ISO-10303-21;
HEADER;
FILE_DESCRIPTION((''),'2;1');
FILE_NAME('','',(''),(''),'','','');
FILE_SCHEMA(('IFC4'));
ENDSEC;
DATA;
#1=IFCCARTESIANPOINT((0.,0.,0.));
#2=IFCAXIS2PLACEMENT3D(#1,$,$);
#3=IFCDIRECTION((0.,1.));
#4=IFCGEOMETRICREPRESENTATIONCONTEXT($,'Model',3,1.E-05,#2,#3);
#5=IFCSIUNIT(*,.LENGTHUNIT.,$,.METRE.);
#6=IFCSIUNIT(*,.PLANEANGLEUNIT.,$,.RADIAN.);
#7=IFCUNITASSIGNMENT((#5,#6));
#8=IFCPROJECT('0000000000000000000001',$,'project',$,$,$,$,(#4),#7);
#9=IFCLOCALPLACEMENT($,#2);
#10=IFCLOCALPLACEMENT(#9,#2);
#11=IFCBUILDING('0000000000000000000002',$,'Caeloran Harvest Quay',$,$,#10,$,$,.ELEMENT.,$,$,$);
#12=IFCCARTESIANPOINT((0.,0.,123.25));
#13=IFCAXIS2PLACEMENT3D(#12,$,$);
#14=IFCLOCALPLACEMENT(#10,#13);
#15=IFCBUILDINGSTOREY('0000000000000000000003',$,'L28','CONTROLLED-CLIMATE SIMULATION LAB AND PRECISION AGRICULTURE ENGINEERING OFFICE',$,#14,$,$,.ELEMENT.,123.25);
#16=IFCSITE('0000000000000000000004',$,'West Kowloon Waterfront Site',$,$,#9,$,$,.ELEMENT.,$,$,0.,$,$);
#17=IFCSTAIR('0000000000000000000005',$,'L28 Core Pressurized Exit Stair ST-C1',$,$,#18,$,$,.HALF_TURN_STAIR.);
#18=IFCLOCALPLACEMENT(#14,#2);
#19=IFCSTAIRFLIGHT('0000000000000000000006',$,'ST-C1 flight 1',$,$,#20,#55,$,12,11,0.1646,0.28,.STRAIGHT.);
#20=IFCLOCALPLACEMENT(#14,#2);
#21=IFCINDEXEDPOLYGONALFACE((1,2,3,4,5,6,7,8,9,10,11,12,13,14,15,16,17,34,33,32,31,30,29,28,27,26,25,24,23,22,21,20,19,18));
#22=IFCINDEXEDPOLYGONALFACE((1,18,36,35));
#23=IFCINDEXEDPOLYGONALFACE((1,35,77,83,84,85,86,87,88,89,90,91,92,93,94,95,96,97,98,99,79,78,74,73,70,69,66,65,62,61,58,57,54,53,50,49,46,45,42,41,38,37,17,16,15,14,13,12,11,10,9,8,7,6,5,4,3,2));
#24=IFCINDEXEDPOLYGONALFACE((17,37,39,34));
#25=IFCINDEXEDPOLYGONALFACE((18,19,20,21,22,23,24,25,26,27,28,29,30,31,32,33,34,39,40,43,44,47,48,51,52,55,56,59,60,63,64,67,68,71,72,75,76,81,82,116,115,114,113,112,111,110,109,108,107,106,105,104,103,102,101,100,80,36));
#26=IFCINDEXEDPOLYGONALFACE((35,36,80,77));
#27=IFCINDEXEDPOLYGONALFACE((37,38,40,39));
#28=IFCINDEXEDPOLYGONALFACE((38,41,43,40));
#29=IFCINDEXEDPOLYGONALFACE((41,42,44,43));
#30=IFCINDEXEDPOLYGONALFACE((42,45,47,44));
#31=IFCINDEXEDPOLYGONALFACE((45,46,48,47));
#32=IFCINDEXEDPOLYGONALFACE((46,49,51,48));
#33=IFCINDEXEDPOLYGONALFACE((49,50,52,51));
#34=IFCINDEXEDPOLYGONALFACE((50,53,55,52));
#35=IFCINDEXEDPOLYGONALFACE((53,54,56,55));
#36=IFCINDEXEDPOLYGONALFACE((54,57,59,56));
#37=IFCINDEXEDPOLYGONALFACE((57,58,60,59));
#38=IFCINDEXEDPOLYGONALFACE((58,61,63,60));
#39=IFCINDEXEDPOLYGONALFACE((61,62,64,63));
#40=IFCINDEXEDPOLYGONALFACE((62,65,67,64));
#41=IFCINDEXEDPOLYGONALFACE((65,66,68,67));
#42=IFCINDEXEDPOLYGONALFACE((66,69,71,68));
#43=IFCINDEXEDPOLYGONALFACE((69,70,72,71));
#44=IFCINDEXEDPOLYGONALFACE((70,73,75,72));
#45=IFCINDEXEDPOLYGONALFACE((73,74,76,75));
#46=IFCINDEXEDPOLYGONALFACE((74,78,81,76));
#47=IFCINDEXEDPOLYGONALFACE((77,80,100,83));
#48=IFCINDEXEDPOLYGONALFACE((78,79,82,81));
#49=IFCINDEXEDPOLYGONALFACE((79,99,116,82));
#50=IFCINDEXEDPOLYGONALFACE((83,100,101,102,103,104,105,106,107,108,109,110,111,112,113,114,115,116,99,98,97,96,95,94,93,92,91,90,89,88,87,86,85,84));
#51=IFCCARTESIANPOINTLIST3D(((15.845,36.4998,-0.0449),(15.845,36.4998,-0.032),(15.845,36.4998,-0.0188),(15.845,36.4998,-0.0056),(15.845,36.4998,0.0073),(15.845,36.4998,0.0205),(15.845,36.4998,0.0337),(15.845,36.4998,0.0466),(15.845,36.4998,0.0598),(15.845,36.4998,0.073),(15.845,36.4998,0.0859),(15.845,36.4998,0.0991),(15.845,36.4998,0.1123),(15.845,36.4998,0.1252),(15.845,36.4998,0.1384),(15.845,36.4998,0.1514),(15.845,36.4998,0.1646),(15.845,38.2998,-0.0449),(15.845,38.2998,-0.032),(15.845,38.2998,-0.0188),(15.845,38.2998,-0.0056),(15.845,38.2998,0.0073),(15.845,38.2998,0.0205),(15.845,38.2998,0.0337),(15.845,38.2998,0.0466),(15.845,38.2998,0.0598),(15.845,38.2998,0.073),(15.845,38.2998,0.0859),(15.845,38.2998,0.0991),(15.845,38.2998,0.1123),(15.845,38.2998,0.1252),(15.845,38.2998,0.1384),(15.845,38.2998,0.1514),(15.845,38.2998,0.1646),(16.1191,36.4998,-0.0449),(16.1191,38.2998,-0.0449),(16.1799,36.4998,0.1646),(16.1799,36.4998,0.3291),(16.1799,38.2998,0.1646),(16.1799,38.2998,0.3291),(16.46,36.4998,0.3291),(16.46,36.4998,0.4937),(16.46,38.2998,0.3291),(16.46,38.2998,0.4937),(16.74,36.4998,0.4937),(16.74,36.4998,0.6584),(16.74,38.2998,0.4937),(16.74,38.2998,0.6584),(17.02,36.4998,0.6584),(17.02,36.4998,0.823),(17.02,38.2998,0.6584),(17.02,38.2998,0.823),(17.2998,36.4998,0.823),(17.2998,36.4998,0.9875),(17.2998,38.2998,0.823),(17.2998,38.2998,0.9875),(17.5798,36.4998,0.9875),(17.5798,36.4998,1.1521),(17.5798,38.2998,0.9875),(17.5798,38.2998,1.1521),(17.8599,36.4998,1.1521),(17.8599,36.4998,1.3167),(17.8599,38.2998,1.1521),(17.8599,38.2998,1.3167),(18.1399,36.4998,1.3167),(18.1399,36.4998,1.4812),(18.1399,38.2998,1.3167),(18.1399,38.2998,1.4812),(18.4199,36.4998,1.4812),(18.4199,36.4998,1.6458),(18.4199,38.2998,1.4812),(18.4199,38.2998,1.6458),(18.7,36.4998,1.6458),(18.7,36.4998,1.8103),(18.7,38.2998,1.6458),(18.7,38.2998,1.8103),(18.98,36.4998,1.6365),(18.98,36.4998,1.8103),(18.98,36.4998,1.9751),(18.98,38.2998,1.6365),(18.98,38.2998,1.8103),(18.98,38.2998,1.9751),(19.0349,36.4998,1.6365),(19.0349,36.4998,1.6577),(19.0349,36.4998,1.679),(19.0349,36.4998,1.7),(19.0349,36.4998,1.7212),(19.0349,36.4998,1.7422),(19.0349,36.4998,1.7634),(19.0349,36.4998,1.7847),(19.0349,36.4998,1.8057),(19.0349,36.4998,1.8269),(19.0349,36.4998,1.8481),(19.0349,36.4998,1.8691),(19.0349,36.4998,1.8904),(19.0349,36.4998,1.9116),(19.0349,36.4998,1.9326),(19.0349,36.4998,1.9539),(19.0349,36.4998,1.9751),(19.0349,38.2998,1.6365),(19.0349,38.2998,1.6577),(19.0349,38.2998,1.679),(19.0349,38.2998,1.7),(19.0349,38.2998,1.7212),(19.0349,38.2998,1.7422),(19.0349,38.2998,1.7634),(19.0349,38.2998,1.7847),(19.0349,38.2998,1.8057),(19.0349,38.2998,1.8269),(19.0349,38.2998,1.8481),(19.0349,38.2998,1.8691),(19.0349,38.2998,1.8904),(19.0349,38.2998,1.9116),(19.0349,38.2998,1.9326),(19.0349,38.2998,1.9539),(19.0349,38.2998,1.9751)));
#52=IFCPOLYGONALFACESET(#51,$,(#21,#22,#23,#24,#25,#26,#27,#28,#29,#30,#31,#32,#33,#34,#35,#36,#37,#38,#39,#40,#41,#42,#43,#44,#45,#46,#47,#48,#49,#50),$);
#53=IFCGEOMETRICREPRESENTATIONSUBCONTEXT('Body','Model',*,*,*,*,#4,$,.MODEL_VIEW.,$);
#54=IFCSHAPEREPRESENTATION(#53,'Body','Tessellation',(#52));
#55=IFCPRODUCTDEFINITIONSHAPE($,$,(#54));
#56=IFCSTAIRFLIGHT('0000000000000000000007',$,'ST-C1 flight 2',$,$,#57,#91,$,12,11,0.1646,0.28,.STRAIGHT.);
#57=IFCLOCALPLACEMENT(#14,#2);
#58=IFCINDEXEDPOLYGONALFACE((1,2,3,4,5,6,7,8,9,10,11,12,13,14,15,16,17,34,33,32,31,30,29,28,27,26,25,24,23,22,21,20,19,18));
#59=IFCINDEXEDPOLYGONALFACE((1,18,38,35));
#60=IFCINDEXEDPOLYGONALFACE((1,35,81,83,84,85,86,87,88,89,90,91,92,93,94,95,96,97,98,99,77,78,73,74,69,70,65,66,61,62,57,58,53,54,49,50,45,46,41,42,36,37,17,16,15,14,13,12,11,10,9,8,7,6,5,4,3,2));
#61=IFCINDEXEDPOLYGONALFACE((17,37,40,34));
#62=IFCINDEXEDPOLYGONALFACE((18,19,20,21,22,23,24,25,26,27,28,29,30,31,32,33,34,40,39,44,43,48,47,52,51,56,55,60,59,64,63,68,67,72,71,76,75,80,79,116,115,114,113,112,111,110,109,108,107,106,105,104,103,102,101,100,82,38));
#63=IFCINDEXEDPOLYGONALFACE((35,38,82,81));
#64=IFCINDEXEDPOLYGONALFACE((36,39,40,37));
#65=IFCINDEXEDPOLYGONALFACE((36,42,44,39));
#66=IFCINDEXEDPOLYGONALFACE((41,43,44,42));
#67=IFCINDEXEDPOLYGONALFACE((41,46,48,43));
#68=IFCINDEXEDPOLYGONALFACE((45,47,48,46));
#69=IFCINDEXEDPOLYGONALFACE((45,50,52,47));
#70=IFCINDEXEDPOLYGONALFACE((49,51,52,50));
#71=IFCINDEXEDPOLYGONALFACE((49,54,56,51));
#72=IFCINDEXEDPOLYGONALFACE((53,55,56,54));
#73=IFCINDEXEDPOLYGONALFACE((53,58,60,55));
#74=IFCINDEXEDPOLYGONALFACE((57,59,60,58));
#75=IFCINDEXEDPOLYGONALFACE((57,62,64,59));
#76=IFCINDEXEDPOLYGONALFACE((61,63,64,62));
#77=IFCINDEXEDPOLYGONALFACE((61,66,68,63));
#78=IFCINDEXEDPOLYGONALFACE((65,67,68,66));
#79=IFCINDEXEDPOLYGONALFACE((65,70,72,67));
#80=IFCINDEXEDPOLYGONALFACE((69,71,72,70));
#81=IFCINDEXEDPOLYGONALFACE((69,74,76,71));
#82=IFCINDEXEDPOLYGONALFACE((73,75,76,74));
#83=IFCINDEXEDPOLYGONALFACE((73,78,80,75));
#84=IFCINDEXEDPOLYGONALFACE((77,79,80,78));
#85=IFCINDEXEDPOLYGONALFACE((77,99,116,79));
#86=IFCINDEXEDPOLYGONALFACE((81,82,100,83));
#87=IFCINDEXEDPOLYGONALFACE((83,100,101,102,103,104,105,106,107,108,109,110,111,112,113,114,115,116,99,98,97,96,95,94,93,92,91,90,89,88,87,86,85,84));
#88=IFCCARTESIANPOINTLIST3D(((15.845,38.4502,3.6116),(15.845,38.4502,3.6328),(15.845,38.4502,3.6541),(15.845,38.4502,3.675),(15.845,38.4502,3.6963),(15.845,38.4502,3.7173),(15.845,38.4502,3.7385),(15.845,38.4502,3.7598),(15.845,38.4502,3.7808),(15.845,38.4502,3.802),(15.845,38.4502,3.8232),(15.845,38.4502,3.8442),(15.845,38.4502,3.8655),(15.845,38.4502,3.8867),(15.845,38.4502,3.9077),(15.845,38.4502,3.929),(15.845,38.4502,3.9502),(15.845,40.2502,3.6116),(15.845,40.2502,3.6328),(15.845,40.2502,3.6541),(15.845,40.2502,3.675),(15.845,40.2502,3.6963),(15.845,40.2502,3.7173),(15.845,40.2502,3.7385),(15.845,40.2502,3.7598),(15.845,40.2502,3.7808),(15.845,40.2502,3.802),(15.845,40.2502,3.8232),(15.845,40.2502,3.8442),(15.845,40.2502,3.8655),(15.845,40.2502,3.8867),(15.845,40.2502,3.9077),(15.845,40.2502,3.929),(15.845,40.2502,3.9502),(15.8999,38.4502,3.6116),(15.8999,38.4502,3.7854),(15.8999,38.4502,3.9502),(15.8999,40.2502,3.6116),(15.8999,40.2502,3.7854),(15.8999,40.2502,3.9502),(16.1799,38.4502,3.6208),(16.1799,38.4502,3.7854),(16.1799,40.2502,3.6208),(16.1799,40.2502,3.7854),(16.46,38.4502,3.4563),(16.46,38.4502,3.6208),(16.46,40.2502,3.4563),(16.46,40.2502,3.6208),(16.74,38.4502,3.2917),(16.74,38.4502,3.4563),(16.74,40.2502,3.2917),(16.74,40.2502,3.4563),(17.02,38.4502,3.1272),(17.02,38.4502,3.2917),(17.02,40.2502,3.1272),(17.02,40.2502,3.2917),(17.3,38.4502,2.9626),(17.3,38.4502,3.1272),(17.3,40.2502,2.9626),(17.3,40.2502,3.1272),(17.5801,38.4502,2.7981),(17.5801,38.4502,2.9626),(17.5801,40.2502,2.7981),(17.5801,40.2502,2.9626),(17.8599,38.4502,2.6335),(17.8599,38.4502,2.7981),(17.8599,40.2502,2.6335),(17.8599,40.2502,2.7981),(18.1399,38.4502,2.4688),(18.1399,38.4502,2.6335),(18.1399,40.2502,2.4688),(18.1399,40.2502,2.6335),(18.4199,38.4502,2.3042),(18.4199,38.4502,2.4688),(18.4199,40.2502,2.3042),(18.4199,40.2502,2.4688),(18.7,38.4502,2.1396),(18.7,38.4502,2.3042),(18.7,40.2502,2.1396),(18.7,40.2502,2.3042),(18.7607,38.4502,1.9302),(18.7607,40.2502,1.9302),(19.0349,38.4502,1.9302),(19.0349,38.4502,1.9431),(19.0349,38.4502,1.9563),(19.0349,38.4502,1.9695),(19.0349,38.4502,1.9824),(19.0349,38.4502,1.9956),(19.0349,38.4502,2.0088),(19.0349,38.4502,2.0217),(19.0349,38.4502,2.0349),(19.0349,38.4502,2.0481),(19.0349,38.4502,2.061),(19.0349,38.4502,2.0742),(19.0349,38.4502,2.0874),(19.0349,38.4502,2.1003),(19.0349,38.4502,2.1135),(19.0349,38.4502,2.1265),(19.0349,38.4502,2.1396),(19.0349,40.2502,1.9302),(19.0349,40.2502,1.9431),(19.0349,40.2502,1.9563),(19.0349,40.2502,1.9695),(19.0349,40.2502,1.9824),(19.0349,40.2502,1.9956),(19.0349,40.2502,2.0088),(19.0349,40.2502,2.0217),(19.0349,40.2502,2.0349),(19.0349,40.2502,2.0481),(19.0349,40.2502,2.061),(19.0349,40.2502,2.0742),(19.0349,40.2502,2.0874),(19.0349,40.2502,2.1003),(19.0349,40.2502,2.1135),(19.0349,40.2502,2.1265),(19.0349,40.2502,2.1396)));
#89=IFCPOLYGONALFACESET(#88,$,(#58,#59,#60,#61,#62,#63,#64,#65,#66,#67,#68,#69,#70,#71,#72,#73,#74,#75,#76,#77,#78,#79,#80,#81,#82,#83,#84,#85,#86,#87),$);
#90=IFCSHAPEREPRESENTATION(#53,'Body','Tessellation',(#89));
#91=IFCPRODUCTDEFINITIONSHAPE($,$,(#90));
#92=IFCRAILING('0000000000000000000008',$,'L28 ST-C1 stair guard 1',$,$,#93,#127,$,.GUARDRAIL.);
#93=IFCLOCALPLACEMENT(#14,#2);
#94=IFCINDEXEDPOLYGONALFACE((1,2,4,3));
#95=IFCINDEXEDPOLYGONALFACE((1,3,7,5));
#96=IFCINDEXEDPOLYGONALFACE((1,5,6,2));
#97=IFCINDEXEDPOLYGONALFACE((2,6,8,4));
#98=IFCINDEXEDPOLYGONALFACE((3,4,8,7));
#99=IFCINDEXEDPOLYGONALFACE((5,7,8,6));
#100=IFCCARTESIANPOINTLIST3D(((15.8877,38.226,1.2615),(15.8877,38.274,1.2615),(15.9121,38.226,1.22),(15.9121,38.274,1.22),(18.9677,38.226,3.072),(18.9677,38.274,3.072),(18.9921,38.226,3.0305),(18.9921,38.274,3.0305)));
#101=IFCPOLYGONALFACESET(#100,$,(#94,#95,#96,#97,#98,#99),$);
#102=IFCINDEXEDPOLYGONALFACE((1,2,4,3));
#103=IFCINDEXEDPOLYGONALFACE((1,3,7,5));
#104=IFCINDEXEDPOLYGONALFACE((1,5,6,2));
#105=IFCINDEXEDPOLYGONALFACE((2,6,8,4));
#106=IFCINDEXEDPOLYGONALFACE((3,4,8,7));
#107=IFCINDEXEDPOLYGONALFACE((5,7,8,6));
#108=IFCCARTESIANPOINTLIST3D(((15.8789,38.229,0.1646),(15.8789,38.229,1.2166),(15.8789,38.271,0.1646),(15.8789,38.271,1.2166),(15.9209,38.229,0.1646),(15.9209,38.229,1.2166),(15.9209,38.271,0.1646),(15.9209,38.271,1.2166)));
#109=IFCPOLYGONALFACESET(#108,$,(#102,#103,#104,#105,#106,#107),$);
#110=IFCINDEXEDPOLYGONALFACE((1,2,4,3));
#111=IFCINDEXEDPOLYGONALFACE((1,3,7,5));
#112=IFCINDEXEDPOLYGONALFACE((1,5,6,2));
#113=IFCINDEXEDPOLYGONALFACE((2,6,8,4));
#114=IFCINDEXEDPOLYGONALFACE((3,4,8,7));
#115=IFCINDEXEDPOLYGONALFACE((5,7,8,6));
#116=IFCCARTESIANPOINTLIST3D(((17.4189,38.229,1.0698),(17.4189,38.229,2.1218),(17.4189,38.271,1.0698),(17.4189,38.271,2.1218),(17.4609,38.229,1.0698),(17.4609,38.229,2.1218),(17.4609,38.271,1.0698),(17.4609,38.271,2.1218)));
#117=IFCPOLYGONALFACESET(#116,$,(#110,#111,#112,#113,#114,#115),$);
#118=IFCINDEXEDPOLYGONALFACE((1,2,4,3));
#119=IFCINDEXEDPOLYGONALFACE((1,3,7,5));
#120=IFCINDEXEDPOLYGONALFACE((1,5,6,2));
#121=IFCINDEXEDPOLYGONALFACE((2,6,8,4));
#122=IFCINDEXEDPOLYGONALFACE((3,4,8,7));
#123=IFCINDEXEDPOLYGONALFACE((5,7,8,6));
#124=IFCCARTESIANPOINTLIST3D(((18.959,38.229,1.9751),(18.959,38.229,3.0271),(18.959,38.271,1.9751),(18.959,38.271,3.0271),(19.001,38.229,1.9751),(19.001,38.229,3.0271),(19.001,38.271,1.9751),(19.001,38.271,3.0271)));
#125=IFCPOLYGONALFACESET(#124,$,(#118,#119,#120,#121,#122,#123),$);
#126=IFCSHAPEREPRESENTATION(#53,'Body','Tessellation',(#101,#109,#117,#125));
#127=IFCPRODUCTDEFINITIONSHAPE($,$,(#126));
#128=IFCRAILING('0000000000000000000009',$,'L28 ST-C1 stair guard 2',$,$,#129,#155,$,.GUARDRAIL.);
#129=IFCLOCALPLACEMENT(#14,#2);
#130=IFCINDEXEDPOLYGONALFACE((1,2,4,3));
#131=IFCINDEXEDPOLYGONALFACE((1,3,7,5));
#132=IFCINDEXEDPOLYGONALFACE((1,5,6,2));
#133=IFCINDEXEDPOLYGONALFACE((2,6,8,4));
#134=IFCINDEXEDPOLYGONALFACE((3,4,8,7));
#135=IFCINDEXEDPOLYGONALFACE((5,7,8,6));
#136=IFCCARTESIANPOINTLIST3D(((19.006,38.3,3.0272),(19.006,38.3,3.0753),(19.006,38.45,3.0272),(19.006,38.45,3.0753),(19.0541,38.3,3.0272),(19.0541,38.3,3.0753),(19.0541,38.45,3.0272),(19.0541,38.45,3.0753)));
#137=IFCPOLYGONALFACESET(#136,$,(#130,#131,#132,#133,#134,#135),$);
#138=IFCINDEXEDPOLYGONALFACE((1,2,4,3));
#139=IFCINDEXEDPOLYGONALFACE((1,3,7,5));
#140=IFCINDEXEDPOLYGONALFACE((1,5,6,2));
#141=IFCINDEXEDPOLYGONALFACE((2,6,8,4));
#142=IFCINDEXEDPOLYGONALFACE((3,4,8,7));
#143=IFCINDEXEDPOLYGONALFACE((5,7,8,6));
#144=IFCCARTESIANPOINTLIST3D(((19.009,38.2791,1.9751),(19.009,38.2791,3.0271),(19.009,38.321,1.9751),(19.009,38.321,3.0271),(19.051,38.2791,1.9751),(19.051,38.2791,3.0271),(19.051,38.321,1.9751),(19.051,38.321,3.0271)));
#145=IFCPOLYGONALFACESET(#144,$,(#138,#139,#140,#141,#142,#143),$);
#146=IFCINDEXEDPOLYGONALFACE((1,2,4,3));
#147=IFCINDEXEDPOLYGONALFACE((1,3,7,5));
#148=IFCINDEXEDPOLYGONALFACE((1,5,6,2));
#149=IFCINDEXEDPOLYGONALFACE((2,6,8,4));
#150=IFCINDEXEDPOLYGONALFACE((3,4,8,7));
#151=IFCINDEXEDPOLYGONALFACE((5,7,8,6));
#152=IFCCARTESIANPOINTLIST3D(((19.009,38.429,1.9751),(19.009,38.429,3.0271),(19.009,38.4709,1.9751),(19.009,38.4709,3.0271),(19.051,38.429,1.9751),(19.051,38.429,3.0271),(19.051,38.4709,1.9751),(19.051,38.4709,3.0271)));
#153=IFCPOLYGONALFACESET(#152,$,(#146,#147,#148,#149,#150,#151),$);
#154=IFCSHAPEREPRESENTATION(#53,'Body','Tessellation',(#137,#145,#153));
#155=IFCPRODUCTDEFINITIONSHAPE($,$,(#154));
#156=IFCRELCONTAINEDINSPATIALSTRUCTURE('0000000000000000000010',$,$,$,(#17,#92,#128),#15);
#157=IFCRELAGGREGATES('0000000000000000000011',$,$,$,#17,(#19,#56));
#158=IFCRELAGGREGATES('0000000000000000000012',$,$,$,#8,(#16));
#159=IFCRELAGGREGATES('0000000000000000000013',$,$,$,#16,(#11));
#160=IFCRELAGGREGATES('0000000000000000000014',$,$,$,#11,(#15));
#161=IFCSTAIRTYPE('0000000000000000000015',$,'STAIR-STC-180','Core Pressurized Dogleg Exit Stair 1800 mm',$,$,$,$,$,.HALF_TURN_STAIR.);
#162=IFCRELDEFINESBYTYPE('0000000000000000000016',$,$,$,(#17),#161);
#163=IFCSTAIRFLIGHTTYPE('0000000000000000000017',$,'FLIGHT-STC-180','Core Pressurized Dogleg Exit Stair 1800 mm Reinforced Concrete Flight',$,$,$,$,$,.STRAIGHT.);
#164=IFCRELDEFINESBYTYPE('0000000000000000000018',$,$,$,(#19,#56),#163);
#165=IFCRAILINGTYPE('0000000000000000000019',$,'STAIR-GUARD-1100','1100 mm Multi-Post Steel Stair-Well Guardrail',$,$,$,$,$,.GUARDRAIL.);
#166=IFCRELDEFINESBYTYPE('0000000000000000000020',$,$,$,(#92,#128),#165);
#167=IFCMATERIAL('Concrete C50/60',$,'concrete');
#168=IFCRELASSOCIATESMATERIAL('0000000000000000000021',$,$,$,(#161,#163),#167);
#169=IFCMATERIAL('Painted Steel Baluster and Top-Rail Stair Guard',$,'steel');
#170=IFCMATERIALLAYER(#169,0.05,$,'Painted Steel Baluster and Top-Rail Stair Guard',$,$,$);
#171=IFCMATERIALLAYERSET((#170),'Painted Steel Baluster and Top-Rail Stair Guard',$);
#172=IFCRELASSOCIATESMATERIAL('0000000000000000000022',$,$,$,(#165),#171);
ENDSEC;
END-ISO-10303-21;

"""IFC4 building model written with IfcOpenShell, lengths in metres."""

from ifc_helpers import new_model, si_unit, direction, frame, origin, origin_2d, place, context, subcontext, project, spatial, polyline, rectangle, outline, extrude, material, layer, layer_set, type_object, element, aggregate, save


model = new_model("IFC4")

# Units and contexts
model_context = context("Model", 3, precision=1e-05, world=origin(), true_north=direction((0.0, 1.0)))
body_context = subcontext(model_context, "Body", "Model", "MODEL_VIEW")
ifc_project = project(units=[si_unit("LENGTHUNIT", "METRE"), si_unit("PLANEANGLEUNIT", "RADIAN")], contexts=[model_context])

# Site, building, storey
site_placement = place(None, origin())
site = spatial("IfcSite", under=ifc_project, at=site_placement, Name="West Kowloon Waterfront Site", CompositionType="ELEMENT", RefElevation=0.0)
building_placement = place(site_placement, origin())
building = spatial("IfcBuilding", under=site, at=building_placement, Name="Caeloran Harvest Quay", CompositionType="ELEMENT")
storey_placement = place(building_placement, frame((0.0, 0.0, 123.25)))
storey = spatial("IfcBuildingStorey", under=building, at=storey_placement, Name="L28", Description="CONTROLLED-CLIMATE SIMULATION LAB AND PRECISION AGRICULTURE ENGINEERING OFFICE", CompositionType="ELEMENT", Elevation=123.25)

# Stair, stair flights
ifc_material_1 = material(Name="Concrete C50/60", Category="concrete")
stair_type = type_object("IfcStairType", Name="STAIR-STC-180", Description="Core Pressurized Dogleg Exit Stair 1800 mm", PredefinedType="HALF_TURN_STAIR", material=ifc_material_1)
stair_placement = place(storey_placement, origin())
stair = element("IfcStair", 1, at=stair_placement, inside=storey, type_object=stair_type, Name="L28 Core Pressurized Exit Stair ST-C1", PredefinedType="HALF_TURN_STAIR")
stair_flight_type = type_object("IfcStairFlightType", Name="FLIGHT-STC-180", Description="Core Pressurized Dogleg Exit Stair 1800 mm Reinforced Concrete Flight", PredefinedType="STRAIGHT", material=ifc_material_1)
stair_flight_1_placement = place(storey_placement, frame((15.8999, 37.3999, 0.0), z_axis=(0.0, 0.0, 1.0), x_axis=(1.0, 0.0, 0.0)))
stair_flight_1 = element("IfcStairFlight", 2, at=stair_flight_1_placement, type_object=stair_flight_type, Name="ST-C1 flight 1", NumberOfRisers=12, NumberOfTreads=11, PredefinedType="STRAIGHT", RiserHeight=0.1646, TreadLength=0.28, context=body_context, shape_type="SweptSolid", body=[
    extrude(outline(polyline([(-0.0549, -0.0449), (-0.0549, -0.032), (-0.0549, -0.0188), (-0.0549, -0.0056), (-0.0549, 0.0073), (-0.0549, 0.0205), (-0.0549, 0.0337), (-0.0549, 0.0466), (-0.0549, 0.0598), (-0.0549, 0.073), (-0.0549, 0.0859), (-0.0549, 0.0991), (-0.0549, 0.1123), (-0.0549, 0.1252), (-0.0549, 0.1384), (-0.0549, 0.1514), (-0.0549, 0.1646), (0.28, 0.1646), (0.28, 0.3291), (0.5601, 0.3291), (0.5601, 0.4937), (0.8401, 0.4937), (0.8401, 0.6584), (1.1201, 0.6584), (1.1201, 0.823), (1.3999, 0.823), (1.3999, 0.9875), (1.6799, 0.9875), (1.6799, 1.1521), (1.96, 1.1521), (1.96, 1.3167), (2.24, 1.3167), (2.24, 1.4812), (2.52, 1.4812), (2.52, 1.6458), (2.8, 1.6458), (2.8, 1.8103), (3.0801, 1.8103), (3.0801, 1.9751), (3.135, 1.9751), (3.135, 1.9539), (3.135, 1.9326), (3.135, 1.9116), (3.135, 1.8904), (3.135, 1.8691), (3.135, 1.8481), (3.135, 1.8269), (3.135, 1.8057), (3.135, 1.7847), (3.135, 1.7634), (3.135, 1.7422), (3.135, 1.7212), (3.135, 1.7), (3.135, 1.679), (3.135, 1.6577), (3.135, 1.6365), (3.0801, 1.6365), (0.2192, -0.0449), (-0.0549, -0.0449)])), frame((0.0, 0.8999, 0.0), z_axis=(0.0, -1.0, 0.0), x_axis=(1.0, 0.0, 0.0)), (0.0, 0.0, 1.0), 1.8),
])
stair_flight_2_placement = place(storey_placement, frame((18.98, 39.3501, 1.9751), z_axis=(0.0, 0.0, 1.0), x_axis=(-1.0, 0.0, 0.0)))
stair_flight_2 = element("IfcStairFlight", 3, at=stair_flight_2_placement, type_object=stair_flight_type, Name="ST-C1 flight 2", NumberOfRisers=12, NumberOfTreads=11, PredefinedType="STRAIGHT", RiserHeight=0.1646, TreadLength=0.28, context=body_context, shape_type="SweptSolid", body=[
    extrude(outline(polyline([(-0.0549, -0.0449), (-0.0549, -0.032), (-0.0549, -0.0188), (-0.0549, -0.0056), (-0.0549, 0.0073), (-0.0549, 0.0205), (-0.0549, 0.0337), (-0.0549, 0.0466), (-0.0549, 0.0598), (-0.0549, 0.073), (-0.0549, 0.0859), (-0.0549, 0.0991), (-0.0549, 0.1123), (-0.0549, 0.1252), (-0.0549, 0.1384), (-0.0549, 0.1514), (-0.0549, 0.1646), (0.28, 0.1646), (0.28, 0.3291), (0.5601, 0.3291), (0.5601, 0.4937), (0.8401, 0.4937), (0.8401, 0.6584), (1.1201, 0.6584), (1.1201, 0.823), (1.3999, 0.823), (1.3999, 0.9875), (1.6799, 0.9875), (1.6799, 1.1521), (1.96, 1.1521), (1.96, 1.3167), (2.24, 1.3167), (2.24, 1.4812), (2.52, 1.4812), (2.52, 1.6458), (2.8, 1.6458), (2.8, 1.8103), (3.0801, 1.8103), (3.0801, 1.9751), (3.135, 1.9751), (3.135, 1.9539), (3.135, 1.9326), (3.135, 1.9116), (3.135, 1.8904), (3.135, 1.8691), (3.135, 1.8481), (3.135, 1.8269), (3.135, 1.8057), (3.135, 1.7847), (3.135, 1.7634), (3.135, 1.7422), (3.135, 1.7212), (3.135, 1.7), (3.135, 1.679), (3.135, 1.6577), (3.135, 1.6365), (3.0801, 1.6365), (0.2192, -0.0449), (-0.0549, -0.0449)])), frame((0.0, 0.8999, 0.0), z_axis=(0.0, -1.0, 0.0), x_axis=(1.0, 0.0, 0.0)), (0.0, 0.0, 1.0), 1.8),
])
aggregate(stair, [stair_flight_1, stair_flight_2])

# Railings
ifc_material_2 = material(Name="Painted Steel Baluster and Top-Rail Stair Guard", Category="steel")
ifc_layer_1 = layer(ifc_material_2, 0.05, Name="Painted Steel Baluster and Top-Rail Stair Guard")
ifc_layer_set_1 = layer_set([ifc_layer_1], Name="Painted Steel Baluster and Top-Rail Stair Guard")
railing_type_1 = type_object("IfcRailingType", Name="STAIR-GUARD-1100", Description="1100 mm Multi-Post Steel Stair-Well Guardrail", PredefinedType="GUARDRAIL", material=ifc_layer_set_1)
railing_1_placement = place(storey_placement, frame((15.8999, 38.25, 0.1646)))
element("IfcRailing", 4, at=railing_1_placement, inside=storey, type_object=railing_type_1, Name="L28 ST-C1 stair guard 1", PredefinedType="GUARDRAIL", context=body_context, shape_type="SweptSolid", body=[
    extrude(rectangle(XDim=0.0481, YDim=0.0481, at=origin_2d()), frame((0.0, 0.0, 1.0762), z_axis=(0.862089, 0.0, 0.506757), x_axis=(0.0, 1.0, 0.0)), (0.0, 0.0, 1.0), 3.5728),
    extrude(rectangle(XDim=0.042, YDim=0.042, at=origin_2d()), origin(), (0.0, 0.0, 1.0), 1.052),
    extrude(rectangle(XDim=0.042, YDim=0.042, at=origin_2d()), frame((1.54, 0.0, 0.9053)), (0.0, 0.0, 1.0), 1.052),
    extrude(rectangle(XDim=0.042, YDim=0.042, at=origin_2d()), frame((3.0801, 0.0, 1.8105)), (0.0, 0.0, 1.0), 1.052),
])
railing_2_placement = place(storey_placement, frame((19.03, 38.3, 1.9751)))
element("IfcRailing", 5, at=railing_2_placement, inside=storey, type_object=railing_type_1, Name="L28 ST-C1 stair guard 2", PredefinedType="GUARDRAIL", context=body_context, shape_type="SweptSolid", body=[
    extrude(rectangle(XDim=0.0481, YDim=0.0481, at=origin_2d()), frame((0.0, 0.0, 1.0762), z_axis=(0.0, 1.0, 0.0), x_axis=(-1.0, 0.0, 0.0)), (0.0, 0.0, 1.0), 0.1499),
    extrude(rectangle(XDim=0.042, YDim=0.042, at=origin_2d()), origin(), (0.0, 0.0, 1.0), 1.052),
    extrude(rectangle(XDim=0.042, YDim=0.042, at=origin_2d()), frame((0.0, 0.1499, 0.0)), (0.0, 0.0, 1.0), 1.052),
])

save(model, "model.ifc")
